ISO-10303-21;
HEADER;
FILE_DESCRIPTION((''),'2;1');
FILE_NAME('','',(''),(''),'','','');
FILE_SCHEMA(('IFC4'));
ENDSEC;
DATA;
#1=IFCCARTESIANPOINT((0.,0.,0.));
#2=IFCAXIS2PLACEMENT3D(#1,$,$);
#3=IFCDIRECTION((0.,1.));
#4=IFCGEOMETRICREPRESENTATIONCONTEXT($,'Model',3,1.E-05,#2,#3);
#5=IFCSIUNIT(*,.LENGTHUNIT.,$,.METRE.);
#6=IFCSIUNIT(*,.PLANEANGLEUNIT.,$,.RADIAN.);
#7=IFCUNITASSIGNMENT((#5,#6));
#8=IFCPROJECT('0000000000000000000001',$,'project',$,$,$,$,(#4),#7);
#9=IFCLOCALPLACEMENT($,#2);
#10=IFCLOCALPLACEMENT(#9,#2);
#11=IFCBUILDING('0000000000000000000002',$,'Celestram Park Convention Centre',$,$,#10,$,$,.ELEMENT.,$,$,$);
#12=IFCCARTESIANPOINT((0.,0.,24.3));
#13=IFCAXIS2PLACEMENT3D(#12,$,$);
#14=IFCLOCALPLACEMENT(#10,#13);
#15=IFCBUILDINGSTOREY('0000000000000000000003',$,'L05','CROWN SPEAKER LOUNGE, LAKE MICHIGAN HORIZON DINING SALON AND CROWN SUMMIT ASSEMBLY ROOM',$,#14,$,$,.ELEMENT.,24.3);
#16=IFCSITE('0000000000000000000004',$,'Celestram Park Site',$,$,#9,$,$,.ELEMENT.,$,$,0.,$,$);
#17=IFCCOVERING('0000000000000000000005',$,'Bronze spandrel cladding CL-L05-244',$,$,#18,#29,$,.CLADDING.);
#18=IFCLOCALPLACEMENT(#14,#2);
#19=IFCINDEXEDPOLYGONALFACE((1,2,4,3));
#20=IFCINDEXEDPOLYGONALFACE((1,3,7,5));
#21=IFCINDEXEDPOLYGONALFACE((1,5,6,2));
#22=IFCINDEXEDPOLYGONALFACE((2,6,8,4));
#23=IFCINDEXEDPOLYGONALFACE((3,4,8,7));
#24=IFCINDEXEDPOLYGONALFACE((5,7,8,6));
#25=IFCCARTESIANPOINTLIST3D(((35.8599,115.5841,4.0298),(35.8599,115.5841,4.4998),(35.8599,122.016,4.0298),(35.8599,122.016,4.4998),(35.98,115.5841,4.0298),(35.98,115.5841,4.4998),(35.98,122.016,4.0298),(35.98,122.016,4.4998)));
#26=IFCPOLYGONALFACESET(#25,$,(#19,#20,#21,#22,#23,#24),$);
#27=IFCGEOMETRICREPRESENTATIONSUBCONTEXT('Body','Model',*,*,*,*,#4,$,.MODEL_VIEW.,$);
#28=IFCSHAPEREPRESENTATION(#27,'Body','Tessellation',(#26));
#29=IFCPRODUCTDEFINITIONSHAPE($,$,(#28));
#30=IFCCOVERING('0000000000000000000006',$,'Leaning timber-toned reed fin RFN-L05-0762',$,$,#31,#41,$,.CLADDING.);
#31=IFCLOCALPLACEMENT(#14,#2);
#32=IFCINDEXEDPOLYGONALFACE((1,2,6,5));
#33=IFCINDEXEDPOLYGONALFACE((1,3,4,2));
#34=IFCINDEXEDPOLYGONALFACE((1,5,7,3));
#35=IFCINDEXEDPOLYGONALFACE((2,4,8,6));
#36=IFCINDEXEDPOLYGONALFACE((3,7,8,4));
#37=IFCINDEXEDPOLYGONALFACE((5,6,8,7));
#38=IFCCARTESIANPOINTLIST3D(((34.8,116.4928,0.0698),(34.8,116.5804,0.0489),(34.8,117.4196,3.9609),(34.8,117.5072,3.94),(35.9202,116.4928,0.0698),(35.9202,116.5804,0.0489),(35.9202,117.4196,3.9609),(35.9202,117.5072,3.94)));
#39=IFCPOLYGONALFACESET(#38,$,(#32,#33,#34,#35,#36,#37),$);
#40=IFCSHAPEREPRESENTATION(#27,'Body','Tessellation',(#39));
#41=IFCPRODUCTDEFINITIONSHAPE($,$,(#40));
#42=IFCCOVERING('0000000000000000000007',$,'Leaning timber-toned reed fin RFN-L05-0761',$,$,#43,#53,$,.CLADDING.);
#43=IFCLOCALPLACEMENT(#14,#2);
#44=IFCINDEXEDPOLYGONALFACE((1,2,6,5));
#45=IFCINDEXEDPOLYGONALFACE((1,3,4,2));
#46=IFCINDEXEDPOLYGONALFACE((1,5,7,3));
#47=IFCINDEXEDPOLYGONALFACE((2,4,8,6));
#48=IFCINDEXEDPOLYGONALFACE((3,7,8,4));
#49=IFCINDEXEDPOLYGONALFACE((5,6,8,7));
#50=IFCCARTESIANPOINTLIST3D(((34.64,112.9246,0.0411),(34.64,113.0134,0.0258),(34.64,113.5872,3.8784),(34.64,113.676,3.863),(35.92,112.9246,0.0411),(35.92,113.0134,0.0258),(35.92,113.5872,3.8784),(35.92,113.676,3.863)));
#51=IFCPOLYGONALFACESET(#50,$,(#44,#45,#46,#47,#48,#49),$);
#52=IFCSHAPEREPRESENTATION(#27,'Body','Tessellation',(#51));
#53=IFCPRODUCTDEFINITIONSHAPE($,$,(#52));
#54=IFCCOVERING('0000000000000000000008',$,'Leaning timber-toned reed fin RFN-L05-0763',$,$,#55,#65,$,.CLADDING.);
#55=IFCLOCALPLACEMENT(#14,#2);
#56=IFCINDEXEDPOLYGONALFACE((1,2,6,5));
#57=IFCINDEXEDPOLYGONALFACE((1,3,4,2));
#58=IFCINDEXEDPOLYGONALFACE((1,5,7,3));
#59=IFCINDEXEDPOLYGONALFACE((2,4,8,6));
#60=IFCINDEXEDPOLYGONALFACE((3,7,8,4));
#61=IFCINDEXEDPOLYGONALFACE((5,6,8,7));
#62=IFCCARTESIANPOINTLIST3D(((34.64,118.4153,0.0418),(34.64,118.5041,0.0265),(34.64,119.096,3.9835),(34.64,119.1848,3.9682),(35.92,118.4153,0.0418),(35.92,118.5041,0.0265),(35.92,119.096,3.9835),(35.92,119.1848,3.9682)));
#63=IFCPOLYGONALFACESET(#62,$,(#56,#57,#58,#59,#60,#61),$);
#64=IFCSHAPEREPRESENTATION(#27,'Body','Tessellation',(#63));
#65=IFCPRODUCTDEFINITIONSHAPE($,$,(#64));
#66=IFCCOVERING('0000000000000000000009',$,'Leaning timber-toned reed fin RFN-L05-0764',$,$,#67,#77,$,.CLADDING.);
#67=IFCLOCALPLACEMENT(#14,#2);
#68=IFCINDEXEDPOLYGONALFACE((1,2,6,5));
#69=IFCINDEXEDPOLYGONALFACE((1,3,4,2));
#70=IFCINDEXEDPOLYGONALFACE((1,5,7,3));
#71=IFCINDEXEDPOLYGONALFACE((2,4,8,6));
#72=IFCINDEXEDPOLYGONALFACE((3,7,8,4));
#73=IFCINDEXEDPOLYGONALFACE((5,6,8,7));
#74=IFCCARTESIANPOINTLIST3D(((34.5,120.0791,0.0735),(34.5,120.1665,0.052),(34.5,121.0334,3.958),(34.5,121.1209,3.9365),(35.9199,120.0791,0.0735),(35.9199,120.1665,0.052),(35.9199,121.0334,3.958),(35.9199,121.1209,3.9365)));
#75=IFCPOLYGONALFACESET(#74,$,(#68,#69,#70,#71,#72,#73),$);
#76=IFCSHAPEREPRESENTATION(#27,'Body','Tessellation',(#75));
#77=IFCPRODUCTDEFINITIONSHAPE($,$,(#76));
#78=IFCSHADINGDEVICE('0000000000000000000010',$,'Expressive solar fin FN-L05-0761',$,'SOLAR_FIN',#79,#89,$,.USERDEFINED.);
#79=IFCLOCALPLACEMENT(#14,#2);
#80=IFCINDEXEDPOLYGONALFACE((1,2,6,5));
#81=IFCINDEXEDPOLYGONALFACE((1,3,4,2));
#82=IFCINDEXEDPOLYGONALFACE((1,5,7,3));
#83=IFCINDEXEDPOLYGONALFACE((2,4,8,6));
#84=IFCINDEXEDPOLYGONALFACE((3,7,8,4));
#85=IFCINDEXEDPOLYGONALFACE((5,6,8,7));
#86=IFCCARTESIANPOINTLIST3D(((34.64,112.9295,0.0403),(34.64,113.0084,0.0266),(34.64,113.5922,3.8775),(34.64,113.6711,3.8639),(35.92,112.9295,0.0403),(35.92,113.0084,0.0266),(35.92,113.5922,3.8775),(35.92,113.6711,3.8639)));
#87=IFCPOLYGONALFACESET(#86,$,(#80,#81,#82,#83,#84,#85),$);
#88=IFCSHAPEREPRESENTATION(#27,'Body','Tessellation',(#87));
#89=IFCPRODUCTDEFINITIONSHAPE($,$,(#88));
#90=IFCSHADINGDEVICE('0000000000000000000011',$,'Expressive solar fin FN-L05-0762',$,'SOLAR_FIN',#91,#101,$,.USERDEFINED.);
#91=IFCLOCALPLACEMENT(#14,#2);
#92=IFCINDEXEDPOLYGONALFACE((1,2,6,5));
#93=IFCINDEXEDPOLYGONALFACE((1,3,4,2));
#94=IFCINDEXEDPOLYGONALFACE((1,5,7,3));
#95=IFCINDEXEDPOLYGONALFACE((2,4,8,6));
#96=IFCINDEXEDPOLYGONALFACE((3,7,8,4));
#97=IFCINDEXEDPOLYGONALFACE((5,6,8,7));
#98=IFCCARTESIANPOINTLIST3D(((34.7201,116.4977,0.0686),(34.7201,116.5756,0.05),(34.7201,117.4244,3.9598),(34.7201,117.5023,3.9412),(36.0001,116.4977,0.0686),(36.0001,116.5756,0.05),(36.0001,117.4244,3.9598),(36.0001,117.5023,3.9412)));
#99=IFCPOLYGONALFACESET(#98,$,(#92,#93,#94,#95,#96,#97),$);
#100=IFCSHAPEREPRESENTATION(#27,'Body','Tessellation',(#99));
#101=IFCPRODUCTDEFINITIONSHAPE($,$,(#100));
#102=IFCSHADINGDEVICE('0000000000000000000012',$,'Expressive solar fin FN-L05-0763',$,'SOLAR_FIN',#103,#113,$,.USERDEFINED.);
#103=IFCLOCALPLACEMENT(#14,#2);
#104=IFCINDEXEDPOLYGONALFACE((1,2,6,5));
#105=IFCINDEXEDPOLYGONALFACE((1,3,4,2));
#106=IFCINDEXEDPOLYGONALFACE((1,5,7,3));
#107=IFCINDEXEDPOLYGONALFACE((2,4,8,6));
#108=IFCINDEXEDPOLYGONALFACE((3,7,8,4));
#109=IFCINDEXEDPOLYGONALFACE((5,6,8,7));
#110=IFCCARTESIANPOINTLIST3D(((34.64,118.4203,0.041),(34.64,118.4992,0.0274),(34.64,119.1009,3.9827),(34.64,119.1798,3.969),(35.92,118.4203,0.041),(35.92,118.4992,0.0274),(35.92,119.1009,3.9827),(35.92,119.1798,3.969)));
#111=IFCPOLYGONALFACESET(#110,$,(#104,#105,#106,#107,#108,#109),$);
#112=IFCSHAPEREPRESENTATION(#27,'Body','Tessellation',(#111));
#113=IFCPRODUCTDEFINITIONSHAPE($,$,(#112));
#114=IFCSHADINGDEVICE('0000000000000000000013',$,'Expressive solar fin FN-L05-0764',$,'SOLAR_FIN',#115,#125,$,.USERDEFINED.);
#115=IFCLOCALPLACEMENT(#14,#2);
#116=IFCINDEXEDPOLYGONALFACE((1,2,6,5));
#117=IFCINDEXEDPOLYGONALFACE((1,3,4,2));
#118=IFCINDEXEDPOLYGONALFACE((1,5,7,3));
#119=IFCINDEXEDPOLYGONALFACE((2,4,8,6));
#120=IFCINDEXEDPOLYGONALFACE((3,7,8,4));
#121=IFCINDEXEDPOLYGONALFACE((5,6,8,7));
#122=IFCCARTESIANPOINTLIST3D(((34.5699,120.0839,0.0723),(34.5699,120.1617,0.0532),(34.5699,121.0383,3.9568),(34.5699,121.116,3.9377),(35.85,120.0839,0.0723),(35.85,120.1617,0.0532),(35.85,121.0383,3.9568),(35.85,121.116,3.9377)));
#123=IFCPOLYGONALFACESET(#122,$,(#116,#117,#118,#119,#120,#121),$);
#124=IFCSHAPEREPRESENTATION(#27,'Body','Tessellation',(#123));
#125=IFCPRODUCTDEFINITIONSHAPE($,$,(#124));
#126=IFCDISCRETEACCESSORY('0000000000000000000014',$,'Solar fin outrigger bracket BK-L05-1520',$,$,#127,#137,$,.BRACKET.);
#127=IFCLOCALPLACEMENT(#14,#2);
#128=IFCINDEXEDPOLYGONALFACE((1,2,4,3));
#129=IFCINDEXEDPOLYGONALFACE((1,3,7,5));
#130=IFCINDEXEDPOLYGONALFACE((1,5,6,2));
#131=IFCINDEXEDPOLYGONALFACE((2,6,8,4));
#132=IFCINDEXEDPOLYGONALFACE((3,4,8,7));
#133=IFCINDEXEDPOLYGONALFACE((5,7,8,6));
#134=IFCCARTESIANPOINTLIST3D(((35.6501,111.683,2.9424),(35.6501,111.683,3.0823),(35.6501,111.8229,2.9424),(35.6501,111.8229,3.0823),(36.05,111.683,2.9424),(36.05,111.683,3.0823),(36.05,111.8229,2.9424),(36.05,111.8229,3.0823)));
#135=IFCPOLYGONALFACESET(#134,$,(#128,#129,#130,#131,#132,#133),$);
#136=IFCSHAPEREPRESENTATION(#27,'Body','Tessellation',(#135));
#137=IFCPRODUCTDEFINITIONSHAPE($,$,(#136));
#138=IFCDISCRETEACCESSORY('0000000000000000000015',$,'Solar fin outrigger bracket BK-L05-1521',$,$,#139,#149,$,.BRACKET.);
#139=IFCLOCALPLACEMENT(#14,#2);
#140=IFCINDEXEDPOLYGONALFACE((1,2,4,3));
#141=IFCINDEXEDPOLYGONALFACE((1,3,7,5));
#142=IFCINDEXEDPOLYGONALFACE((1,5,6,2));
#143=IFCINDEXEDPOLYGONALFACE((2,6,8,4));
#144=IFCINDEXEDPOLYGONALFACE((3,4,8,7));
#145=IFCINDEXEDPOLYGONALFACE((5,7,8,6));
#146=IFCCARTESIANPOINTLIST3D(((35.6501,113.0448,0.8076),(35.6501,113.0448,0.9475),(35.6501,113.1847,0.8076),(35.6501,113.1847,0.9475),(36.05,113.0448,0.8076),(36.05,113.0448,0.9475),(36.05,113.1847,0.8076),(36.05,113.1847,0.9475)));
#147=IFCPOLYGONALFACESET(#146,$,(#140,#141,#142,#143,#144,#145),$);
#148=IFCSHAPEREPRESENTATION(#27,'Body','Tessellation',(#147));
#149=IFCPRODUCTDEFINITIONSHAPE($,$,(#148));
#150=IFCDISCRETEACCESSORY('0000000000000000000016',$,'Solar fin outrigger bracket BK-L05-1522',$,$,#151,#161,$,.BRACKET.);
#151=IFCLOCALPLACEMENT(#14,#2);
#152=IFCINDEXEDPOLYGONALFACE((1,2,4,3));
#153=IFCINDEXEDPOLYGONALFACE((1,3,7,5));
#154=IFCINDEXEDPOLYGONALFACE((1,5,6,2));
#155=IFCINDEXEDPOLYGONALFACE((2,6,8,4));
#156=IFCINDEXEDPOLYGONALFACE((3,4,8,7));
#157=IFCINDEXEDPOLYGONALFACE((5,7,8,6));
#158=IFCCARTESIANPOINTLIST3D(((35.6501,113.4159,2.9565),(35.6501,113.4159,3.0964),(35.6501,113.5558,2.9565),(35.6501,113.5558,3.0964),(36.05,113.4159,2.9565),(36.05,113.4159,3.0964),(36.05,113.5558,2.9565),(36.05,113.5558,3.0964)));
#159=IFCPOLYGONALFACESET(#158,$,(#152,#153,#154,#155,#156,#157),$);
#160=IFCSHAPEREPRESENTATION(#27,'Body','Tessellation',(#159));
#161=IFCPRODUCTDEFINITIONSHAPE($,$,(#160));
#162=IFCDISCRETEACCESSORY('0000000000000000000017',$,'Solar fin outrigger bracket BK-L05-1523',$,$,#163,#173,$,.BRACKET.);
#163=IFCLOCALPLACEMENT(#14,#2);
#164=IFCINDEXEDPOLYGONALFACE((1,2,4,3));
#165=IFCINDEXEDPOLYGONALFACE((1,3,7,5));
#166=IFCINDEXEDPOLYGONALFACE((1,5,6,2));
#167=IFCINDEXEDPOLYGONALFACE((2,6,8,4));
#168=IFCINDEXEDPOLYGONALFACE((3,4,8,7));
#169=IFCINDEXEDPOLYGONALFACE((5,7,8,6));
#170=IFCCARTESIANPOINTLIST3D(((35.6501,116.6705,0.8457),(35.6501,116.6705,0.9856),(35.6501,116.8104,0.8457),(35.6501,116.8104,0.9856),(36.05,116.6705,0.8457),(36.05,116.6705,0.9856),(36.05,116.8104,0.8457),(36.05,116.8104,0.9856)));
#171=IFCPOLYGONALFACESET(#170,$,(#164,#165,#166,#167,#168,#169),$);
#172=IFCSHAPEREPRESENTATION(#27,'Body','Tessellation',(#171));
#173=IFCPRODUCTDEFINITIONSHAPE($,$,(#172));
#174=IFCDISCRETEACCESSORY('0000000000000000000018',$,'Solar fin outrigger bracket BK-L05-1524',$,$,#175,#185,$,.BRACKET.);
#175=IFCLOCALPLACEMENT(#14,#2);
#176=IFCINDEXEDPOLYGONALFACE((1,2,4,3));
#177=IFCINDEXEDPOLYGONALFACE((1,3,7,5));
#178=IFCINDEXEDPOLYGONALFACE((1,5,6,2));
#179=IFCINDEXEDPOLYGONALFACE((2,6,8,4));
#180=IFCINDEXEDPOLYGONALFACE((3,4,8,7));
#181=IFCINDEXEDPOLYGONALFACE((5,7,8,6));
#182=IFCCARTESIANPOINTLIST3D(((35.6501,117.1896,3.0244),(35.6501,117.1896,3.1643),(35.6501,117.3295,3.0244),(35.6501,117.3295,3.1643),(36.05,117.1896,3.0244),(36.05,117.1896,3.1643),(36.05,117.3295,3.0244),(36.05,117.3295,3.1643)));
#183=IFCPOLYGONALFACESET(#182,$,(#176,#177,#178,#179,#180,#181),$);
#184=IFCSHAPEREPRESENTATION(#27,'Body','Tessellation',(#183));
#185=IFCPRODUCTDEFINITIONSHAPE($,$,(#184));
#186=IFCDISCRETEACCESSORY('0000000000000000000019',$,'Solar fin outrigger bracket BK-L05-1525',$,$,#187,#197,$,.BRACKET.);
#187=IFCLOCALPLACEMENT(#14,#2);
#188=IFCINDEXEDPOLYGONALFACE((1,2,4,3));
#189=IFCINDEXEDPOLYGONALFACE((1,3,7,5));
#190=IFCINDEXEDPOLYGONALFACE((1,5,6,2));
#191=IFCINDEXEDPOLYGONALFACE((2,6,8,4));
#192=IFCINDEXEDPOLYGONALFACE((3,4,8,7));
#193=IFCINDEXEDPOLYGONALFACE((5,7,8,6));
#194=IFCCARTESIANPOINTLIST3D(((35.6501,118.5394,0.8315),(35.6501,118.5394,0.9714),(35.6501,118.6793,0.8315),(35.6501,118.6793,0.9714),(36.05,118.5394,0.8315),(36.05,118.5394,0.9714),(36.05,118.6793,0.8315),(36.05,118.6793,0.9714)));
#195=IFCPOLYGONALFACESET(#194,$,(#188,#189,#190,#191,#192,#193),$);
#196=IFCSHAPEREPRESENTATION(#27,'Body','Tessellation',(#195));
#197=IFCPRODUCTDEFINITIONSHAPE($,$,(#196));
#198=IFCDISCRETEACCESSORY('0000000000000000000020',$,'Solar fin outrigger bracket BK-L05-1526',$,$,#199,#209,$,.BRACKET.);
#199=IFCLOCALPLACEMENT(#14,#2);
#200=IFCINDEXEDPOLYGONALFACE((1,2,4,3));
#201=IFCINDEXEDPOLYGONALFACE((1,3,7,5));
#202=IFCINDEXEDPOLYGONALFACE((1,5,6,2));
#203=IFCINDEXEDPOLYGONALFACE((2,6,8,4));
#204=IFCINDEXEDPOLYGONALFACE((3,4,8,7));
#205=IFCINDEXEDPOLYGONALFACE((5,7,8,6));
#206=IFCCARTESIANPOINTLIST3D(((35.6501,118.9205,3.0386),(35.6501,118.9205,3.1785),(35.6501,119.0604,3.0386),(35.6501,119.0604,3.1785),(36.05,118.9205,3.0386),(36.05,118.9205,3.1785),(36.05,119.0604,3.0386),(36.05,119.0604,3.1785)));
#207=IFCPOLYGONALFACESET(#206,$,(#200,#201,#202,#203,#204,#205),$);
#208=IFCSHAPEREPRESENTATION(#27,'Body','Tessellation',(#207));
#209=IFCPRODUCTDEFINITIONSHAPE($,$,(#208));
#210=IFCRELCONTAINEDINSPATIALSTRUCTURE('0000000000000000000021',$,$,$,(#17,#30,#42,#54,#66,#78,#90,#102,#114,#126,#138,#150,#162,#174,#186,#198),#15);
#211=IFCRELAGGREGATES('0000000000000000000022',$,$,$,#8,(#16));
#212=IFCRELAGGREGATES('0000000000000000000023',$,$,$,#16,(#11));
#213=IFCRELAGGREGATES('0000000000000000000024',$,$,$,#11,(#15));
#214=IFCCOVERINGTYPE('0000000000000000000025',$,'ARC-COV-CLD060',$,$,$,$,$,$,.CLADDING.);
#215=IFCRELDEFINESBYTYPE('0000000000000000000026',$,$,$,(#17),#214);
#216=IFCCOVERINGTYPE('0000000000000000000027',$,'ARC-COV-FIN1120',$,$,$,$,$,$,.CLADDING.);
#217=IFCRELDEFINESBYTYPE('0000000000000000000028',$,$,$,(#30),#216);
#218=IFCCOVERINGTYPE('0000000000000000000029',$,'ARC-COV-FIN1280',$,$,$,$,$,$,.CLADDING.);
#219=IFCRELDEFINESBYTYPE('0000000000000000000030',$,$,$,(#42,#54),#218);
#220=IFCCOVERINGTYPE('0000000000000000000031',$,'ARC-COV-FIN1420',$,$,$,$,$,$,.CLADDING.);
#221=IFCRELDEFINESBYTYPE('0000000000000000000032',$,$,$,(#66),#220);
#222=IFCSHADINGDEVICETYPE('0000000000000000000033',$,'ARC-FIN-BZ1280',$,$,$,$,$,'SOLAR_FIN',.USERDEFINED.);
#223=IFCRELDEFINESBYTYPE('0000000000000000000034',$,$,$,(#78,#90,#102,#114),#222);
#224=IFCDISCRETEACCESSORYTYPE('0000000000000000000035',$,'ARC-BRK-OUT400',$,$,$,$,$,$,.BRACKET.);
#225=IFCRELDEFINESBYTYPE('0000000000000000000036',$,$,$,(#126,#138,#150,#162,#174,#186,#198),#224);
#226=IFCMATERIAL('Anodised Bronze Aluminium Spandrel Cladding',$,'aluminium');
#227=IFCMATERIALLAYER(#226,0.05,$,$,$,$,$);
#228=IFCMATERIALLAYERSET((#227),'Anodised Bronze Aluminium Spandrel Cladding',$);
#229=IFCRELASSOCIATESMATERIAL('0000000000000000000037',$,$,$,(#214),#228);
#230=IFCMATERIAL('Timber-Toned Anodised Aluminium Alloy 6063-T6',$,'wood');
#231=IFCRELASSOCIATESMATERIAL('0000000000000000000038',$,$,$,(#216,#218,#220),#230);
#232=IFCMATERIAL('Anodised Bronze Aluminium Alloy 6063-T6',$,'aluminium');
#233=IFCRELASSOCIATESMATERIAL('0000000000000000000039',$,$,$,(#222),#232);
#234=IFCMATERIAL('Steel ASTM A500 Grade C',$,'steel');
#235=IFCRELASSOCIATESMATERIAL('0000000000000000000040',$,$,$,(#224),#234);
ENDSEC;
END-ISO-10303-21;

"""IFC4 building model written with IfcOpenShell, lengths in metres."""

from ifc_helpers import new_model, si_unit, direction, frame, origin, origin_2d, place, context, subcontext, project, spatial, rectangle, extrude, material, layer, layer_set, material_profile, profile_set, type_object, element, save


model = new_model("IFC4")

# Units and contexts
model_context = context("Model", 3, precision=1e-05, world=origin(), true_north=direction((0.0, 1.0)))
body_context = subcontext(model_context, "Body", "Model", "MODEL_VIEW")
ifc_project = project(units=[si_unit("LENGTHUNIT", "METRE"), si_unit("PLANEANGLEUNIT", "RADIAN")], contexts=[model_context])

# Site, building, storey
site_placement = place(None, origin())
site = spatial("IfcSite", under=ifc_project, at=site_placement, Name="Celestram Park Site", CompositionType="ELEMENT", RefElevation=0.0)
building_placement = place(site_placement, origin())
building = spatial("IfcBuilding", under=site, at=building_placement, Name="Celestram Park Convention Centre", CompositionType="ELEMENT")
storey_placement = place(building_placement, frame((0.0, 0.0, 24.3)))
storey = spatial("IfcBuildingStorey", under=building, at=storey_placement, Name="L05", Description="CROWN SPEAKER LOUNGE, LAKE MICHIGAN HORIZON DINING SALON AND CROWN SUMMIT ASSEMBLY ROOM", CompositionType="ELEMENT", Elevation=24.3)

# Shared definitions
ifc_material_1 = material(Name="Steel ASTM A500 Grade C", Category="steel")

# Coverings
ifc_material_2 = material(Name="Anodised Bronze Aluminium Spandrel Cladding", Category="aluminium")
ifc_layer_1 = layer(ifc_material_2, 0.05)
ifc_layer_set_1 = layer_set([ifc_layer_1], Name="Anodised Bronze Aluminium Spandrel Cladding")
covering_type_1 = type_object("IfcCoveringType", Name="ARC-COV-CLD060", PredefinedType="CLADDING", material=ifc_layer_set_1)
covering_1_placement = place(storey_placement, frame((35.9199, 118.8, 4.0298), z_axis=(0.0, 0.0, 1.0), x_axis=(0.0, 1.0, 0.0)))
element("IfcCovering", 1, at=covering_1_placement, inside=storey, type_object=covering_type_1, Name="Bronze spandrel cladding CL-L05-244", PredefinedType="CLADDING", context=body_context, shape_type="SweptSolid", body=[
    extrude(rectangle(XDim=6.4319, YDim=0.1201, at=origin_2d()), origin(), (0.0, 0.0, 1.0), 0.47),
])
ifc_material_3 = material(Name="Timber-Toned Anodised Aluminium Alloy 6063-T6", Category="wood")
ifc_material_profile_1 = material_profile(ifc_material_3, rectangle(XDim=1.1201, YDim=0.0901, at=origin_2d()), Name="REED1120X90")
ifc_profile_set_1 = profile_set([ifc_material_profile_1], Name="Timber-Toned Anodised Aluminium Alloy 6063-T6")
covering_type_2 = type_object("IfcCoveringType", Name="ARC-COV-FIN1120", PredefinedType="CLADDING", material=ifc_profile_set_1)
covering_2_placement = place(storey_placement, frame((35.3601, 116.5366, 0.0593), z_axis=(0.0, 0.231692, 0.972789), x_axis=(-1.0, 0.0, 0.0)))
element("IfcCovering", 2, at=covering_2_placement, inside=storey, type_object=covering_type_2, Name="Leaning timber-toned reed fin RFN-L05-0762", PredefinedType="CLADDING", context=body_context, shape_type="SweptSolid", body=[
    extrude(rectangle(XDim=1.1201, YDim=0.0901, at=origin_2d()), origin(), (0.0, 0.0, 1.0), 4.0),
])
ifc_material_profile_2 = material_profile(ifc_material_3, rectangle(XDim=1.28, YDim=0.0901, at=origin_2d()), Name="REED1280X90")
ifc_profile_set_2 = profile_set([ifc_material_profile_2], Name="Timber-Toned Anodised Aluminium Alloy 6063-T6")
covering_type_3 = type_object("IfcCoveringType", Name="ARC-COV-FIN1280", PredefinedType="CLADDING", material=ifc_profile_set_2)
covering_3_placement = place(storey_placement, frame((35.28, 112.969, 0.0334), z_axis=(0.0, 0.170161, 0.985416), x_axis=(-1.0, 0.0, 0.0)))
element("IfcCovering", 3, at=covering_3_placement, inside=storey, type_object=covering_type_3, Name="Leaning timber-toned reed fin RFN-L05-0761", PredefinedType="CLADDING", context=body_context, shape_type="SweptSolid", body=[
    extrude(rectangle(XDim=1.28, YDim=0.0901, at=origin_2d()), origin(), (0.0, 0.0, 1.0), 3.894),
])
covering_4_placement = place(storey_placement, frame((35.28, 118.4597, 0.0342), z_axis=(0.0, 0.170166, 0.985415), x_axis=(-1.0, 0.0, 0.0)))
element("IfcCovering", 4, at=covering_4_placement, inside=storey, type_object=covering_type_3, Name="Leaning timber-toned reed fin RFN-L05-0763", PredefinedType="CLADDING", context=body_context, shape_type="SweptSolid", body=[
    extrude(rectangle(XDim=1.28, YDim=0.0901, at=origin_2d()), origin(), (0.0, 0.0, 1.0), 4.0),
])
ifc_material_profile_3 = material_profile(ifc_material_3, rectangle(XDim=1.4199, YDim=0.0901, at=origin_2d()), Name="REED1420X90")
ifc_profile_set_3 = profile_set([ifc_material_profile_3], Name="Timber-Toned Anodised Aluminium Alloy 6063-T6")
covering_type_4 = type_object("IfcCoveringType", Name="ARC-COV-FIN1420", PredefinedType="CLADDING", material=ifc_profile_set_3)
covering_5_placement = place(storey_placement, frame((35.21, 120.1228, 0.0627), z_axis=(0.0, 0.238584, 0.971122), x_axis=(-1.0, 0.0, 0.0)))
element("IfcCovering", 5, at=covering_5_placement, inside=storey, type_object=covering_type_4, Name="Leaning timber-toned reed fin RFN-L05-0764", PredefinedType="CLADDING", context=body_context, shape_type="SweptSolid", body=[
    extrude(rectangle(XDim=1.4199, YDim=0.0901, at=origin_2d()), origin(), (0.0, 0.0, 1.0), 4.0),
])

# Shading devices
ifc_material_4 = material(Name="Anodised Bronze Aluminium Alloy 6063-T6", Category="aluminium")
ifc_material_profile_4 = material_profile(ifc_material_4, rectangle(XDim=1.28, YDim=0.0801, at=origin_2d()), Name="FIN1280X80")
ifc_profile_set_4 = profile_set([ifc_material_profile_4], Name="Anodised Bronze Aluminium Alloy 6063-T6")
shading_device_type = type_object("IfcShadingDeviceType", Name="ARC-FIN-BZ1280", ElementType="SOLAR_FIN", PredefinedType="USERDEFINED", material=ifc_profile_set_4)
shading_device_placement = place(storey_placement, frame((35.28, 112.969, 0.0334), z_axis=(0.0, 0.170161, 0.985416), x_axis=(-1.0, 0.0, 0.0)))
element("IfcShadingDevice", 6, at=shading_device_placement, inside=storey, type_object=shading_device_type, Name="Expressive solar fin FN-L05-0761", ObjectType="SOLAR_FIN", PredefinedType="USERDEFINED", context=body_context, shape_type="SweptSolid", body=[
    extrude(rectangle(XDim=1.28, YDim=0.0801, at=origin_2d()), origin(), (0.0, 0.0, 1.0), 3.894),
])
for number, where, z_axis, x_axis, name in (
    (7, (35.3601, 116.5366, 0.0593), (0.0, 0.231692, 0.972789), (-1.0, 0.0, 0.0), "Expressive solar fin FN-L05-0762"),
    (8, (35.28, 118.4597, 0.0342), (0.0, 0.170166, 0.985415), (-1.0, 0.0, 0.0), "Expressive solar fin FN-L05-0763"),
    (9, (35.21, 120.1228, 0.0627), (0.0, 0.238584, 0.971122), (-1.0, 0.0, 0.0), "Expressive solar fin FN-L05-0764"),
):
    element("IfcShadingDevice", number, at=place(storey_placement, frame(where, z_axis=z_axis, x_axis=x_axis)), inside=storey, type_object=shading_device_type, Name=name, ObjectType="SOLAR_FIN", PredefinedType="USERDEFINED", context=body_context, shape_type="SweptSolid", body=[
        extrude(rectangle(XDim=1.28, YDim=0.0801, at=origin_2d()), origin(), (0.0, 0.0, 1.0), 4.0),
    ])

# Discrete accessories
discrete_accessory_type = type_object("IfcDiscreteAccessoryType", Name="ARC-BRK-OUT400", PredefinedType="BRACKET", material=ifc_material_1)
for number, where, z_axis, x_axis, name in (
    (10, (35.8501, 111.7529, 2.9424), (0.0, 0.0, 1.0), (-1.0, 0.0, 0.0), "Solar fin outrigger bracket BK-L05-1520"),
    (11, (35.8501, 113.1147, 0.8076), (0.0, 0.0, 1.0), (-1.0, 0.0, 0.0), "Solar fin outrigger bracket BK-L05-1521"),
    (12, (35.8501, 113.4858, 2.9565), (0.0, 0.0, 1.0), (-1.0, 0.0, 0.0), "Solar fin outrigger bracket BK-L05-1522"),
    (13, (35.8501, 116.7405, 0.8457), (0.0, 0.0, 1.0), (-1.0, 0.0, 0.0), "Solar fin outrigger bracket BK-L05-1523"),
    (14, (35.8501, 117.2595, 3.0244), (0.0, 0.0, 1.0), (-1.0, 0.0, 0.0), "Solar fin outrigger bracket BK-L05-1524"),
    (15, (35.8501, 118.6094, 0.8315), (0.0, 0.0, 1.0), (-1.0, 0.0, 0.0), "Solar fin outrigger bracket BK-L05-1525"),
    (16, (35.8501, 118.9905, 3.0386), (0.0, 0.0, 1.0), (-1.0, 0.0, 0.0), "Solar fin outrigger bracket BK-L05-1526"),
):
    element("IfcDiscreteAccessory", number, at=place(storey_placement, frame(where, z_axis=z_axis, x_axis=x_axis)), inside=storey, type_object=discrete_accessory_type, Name=name, PredefinedType="BRACKET", context=body_context, shape_type="SweptSolid", body=[
        extrude(rectangle(XDim=0.3999, YDim=0.1399, at=origin_2d()), origin(), (0.0, 0.0, 1.0), 0.1399),
    ])

save(model, "model.ifc")
